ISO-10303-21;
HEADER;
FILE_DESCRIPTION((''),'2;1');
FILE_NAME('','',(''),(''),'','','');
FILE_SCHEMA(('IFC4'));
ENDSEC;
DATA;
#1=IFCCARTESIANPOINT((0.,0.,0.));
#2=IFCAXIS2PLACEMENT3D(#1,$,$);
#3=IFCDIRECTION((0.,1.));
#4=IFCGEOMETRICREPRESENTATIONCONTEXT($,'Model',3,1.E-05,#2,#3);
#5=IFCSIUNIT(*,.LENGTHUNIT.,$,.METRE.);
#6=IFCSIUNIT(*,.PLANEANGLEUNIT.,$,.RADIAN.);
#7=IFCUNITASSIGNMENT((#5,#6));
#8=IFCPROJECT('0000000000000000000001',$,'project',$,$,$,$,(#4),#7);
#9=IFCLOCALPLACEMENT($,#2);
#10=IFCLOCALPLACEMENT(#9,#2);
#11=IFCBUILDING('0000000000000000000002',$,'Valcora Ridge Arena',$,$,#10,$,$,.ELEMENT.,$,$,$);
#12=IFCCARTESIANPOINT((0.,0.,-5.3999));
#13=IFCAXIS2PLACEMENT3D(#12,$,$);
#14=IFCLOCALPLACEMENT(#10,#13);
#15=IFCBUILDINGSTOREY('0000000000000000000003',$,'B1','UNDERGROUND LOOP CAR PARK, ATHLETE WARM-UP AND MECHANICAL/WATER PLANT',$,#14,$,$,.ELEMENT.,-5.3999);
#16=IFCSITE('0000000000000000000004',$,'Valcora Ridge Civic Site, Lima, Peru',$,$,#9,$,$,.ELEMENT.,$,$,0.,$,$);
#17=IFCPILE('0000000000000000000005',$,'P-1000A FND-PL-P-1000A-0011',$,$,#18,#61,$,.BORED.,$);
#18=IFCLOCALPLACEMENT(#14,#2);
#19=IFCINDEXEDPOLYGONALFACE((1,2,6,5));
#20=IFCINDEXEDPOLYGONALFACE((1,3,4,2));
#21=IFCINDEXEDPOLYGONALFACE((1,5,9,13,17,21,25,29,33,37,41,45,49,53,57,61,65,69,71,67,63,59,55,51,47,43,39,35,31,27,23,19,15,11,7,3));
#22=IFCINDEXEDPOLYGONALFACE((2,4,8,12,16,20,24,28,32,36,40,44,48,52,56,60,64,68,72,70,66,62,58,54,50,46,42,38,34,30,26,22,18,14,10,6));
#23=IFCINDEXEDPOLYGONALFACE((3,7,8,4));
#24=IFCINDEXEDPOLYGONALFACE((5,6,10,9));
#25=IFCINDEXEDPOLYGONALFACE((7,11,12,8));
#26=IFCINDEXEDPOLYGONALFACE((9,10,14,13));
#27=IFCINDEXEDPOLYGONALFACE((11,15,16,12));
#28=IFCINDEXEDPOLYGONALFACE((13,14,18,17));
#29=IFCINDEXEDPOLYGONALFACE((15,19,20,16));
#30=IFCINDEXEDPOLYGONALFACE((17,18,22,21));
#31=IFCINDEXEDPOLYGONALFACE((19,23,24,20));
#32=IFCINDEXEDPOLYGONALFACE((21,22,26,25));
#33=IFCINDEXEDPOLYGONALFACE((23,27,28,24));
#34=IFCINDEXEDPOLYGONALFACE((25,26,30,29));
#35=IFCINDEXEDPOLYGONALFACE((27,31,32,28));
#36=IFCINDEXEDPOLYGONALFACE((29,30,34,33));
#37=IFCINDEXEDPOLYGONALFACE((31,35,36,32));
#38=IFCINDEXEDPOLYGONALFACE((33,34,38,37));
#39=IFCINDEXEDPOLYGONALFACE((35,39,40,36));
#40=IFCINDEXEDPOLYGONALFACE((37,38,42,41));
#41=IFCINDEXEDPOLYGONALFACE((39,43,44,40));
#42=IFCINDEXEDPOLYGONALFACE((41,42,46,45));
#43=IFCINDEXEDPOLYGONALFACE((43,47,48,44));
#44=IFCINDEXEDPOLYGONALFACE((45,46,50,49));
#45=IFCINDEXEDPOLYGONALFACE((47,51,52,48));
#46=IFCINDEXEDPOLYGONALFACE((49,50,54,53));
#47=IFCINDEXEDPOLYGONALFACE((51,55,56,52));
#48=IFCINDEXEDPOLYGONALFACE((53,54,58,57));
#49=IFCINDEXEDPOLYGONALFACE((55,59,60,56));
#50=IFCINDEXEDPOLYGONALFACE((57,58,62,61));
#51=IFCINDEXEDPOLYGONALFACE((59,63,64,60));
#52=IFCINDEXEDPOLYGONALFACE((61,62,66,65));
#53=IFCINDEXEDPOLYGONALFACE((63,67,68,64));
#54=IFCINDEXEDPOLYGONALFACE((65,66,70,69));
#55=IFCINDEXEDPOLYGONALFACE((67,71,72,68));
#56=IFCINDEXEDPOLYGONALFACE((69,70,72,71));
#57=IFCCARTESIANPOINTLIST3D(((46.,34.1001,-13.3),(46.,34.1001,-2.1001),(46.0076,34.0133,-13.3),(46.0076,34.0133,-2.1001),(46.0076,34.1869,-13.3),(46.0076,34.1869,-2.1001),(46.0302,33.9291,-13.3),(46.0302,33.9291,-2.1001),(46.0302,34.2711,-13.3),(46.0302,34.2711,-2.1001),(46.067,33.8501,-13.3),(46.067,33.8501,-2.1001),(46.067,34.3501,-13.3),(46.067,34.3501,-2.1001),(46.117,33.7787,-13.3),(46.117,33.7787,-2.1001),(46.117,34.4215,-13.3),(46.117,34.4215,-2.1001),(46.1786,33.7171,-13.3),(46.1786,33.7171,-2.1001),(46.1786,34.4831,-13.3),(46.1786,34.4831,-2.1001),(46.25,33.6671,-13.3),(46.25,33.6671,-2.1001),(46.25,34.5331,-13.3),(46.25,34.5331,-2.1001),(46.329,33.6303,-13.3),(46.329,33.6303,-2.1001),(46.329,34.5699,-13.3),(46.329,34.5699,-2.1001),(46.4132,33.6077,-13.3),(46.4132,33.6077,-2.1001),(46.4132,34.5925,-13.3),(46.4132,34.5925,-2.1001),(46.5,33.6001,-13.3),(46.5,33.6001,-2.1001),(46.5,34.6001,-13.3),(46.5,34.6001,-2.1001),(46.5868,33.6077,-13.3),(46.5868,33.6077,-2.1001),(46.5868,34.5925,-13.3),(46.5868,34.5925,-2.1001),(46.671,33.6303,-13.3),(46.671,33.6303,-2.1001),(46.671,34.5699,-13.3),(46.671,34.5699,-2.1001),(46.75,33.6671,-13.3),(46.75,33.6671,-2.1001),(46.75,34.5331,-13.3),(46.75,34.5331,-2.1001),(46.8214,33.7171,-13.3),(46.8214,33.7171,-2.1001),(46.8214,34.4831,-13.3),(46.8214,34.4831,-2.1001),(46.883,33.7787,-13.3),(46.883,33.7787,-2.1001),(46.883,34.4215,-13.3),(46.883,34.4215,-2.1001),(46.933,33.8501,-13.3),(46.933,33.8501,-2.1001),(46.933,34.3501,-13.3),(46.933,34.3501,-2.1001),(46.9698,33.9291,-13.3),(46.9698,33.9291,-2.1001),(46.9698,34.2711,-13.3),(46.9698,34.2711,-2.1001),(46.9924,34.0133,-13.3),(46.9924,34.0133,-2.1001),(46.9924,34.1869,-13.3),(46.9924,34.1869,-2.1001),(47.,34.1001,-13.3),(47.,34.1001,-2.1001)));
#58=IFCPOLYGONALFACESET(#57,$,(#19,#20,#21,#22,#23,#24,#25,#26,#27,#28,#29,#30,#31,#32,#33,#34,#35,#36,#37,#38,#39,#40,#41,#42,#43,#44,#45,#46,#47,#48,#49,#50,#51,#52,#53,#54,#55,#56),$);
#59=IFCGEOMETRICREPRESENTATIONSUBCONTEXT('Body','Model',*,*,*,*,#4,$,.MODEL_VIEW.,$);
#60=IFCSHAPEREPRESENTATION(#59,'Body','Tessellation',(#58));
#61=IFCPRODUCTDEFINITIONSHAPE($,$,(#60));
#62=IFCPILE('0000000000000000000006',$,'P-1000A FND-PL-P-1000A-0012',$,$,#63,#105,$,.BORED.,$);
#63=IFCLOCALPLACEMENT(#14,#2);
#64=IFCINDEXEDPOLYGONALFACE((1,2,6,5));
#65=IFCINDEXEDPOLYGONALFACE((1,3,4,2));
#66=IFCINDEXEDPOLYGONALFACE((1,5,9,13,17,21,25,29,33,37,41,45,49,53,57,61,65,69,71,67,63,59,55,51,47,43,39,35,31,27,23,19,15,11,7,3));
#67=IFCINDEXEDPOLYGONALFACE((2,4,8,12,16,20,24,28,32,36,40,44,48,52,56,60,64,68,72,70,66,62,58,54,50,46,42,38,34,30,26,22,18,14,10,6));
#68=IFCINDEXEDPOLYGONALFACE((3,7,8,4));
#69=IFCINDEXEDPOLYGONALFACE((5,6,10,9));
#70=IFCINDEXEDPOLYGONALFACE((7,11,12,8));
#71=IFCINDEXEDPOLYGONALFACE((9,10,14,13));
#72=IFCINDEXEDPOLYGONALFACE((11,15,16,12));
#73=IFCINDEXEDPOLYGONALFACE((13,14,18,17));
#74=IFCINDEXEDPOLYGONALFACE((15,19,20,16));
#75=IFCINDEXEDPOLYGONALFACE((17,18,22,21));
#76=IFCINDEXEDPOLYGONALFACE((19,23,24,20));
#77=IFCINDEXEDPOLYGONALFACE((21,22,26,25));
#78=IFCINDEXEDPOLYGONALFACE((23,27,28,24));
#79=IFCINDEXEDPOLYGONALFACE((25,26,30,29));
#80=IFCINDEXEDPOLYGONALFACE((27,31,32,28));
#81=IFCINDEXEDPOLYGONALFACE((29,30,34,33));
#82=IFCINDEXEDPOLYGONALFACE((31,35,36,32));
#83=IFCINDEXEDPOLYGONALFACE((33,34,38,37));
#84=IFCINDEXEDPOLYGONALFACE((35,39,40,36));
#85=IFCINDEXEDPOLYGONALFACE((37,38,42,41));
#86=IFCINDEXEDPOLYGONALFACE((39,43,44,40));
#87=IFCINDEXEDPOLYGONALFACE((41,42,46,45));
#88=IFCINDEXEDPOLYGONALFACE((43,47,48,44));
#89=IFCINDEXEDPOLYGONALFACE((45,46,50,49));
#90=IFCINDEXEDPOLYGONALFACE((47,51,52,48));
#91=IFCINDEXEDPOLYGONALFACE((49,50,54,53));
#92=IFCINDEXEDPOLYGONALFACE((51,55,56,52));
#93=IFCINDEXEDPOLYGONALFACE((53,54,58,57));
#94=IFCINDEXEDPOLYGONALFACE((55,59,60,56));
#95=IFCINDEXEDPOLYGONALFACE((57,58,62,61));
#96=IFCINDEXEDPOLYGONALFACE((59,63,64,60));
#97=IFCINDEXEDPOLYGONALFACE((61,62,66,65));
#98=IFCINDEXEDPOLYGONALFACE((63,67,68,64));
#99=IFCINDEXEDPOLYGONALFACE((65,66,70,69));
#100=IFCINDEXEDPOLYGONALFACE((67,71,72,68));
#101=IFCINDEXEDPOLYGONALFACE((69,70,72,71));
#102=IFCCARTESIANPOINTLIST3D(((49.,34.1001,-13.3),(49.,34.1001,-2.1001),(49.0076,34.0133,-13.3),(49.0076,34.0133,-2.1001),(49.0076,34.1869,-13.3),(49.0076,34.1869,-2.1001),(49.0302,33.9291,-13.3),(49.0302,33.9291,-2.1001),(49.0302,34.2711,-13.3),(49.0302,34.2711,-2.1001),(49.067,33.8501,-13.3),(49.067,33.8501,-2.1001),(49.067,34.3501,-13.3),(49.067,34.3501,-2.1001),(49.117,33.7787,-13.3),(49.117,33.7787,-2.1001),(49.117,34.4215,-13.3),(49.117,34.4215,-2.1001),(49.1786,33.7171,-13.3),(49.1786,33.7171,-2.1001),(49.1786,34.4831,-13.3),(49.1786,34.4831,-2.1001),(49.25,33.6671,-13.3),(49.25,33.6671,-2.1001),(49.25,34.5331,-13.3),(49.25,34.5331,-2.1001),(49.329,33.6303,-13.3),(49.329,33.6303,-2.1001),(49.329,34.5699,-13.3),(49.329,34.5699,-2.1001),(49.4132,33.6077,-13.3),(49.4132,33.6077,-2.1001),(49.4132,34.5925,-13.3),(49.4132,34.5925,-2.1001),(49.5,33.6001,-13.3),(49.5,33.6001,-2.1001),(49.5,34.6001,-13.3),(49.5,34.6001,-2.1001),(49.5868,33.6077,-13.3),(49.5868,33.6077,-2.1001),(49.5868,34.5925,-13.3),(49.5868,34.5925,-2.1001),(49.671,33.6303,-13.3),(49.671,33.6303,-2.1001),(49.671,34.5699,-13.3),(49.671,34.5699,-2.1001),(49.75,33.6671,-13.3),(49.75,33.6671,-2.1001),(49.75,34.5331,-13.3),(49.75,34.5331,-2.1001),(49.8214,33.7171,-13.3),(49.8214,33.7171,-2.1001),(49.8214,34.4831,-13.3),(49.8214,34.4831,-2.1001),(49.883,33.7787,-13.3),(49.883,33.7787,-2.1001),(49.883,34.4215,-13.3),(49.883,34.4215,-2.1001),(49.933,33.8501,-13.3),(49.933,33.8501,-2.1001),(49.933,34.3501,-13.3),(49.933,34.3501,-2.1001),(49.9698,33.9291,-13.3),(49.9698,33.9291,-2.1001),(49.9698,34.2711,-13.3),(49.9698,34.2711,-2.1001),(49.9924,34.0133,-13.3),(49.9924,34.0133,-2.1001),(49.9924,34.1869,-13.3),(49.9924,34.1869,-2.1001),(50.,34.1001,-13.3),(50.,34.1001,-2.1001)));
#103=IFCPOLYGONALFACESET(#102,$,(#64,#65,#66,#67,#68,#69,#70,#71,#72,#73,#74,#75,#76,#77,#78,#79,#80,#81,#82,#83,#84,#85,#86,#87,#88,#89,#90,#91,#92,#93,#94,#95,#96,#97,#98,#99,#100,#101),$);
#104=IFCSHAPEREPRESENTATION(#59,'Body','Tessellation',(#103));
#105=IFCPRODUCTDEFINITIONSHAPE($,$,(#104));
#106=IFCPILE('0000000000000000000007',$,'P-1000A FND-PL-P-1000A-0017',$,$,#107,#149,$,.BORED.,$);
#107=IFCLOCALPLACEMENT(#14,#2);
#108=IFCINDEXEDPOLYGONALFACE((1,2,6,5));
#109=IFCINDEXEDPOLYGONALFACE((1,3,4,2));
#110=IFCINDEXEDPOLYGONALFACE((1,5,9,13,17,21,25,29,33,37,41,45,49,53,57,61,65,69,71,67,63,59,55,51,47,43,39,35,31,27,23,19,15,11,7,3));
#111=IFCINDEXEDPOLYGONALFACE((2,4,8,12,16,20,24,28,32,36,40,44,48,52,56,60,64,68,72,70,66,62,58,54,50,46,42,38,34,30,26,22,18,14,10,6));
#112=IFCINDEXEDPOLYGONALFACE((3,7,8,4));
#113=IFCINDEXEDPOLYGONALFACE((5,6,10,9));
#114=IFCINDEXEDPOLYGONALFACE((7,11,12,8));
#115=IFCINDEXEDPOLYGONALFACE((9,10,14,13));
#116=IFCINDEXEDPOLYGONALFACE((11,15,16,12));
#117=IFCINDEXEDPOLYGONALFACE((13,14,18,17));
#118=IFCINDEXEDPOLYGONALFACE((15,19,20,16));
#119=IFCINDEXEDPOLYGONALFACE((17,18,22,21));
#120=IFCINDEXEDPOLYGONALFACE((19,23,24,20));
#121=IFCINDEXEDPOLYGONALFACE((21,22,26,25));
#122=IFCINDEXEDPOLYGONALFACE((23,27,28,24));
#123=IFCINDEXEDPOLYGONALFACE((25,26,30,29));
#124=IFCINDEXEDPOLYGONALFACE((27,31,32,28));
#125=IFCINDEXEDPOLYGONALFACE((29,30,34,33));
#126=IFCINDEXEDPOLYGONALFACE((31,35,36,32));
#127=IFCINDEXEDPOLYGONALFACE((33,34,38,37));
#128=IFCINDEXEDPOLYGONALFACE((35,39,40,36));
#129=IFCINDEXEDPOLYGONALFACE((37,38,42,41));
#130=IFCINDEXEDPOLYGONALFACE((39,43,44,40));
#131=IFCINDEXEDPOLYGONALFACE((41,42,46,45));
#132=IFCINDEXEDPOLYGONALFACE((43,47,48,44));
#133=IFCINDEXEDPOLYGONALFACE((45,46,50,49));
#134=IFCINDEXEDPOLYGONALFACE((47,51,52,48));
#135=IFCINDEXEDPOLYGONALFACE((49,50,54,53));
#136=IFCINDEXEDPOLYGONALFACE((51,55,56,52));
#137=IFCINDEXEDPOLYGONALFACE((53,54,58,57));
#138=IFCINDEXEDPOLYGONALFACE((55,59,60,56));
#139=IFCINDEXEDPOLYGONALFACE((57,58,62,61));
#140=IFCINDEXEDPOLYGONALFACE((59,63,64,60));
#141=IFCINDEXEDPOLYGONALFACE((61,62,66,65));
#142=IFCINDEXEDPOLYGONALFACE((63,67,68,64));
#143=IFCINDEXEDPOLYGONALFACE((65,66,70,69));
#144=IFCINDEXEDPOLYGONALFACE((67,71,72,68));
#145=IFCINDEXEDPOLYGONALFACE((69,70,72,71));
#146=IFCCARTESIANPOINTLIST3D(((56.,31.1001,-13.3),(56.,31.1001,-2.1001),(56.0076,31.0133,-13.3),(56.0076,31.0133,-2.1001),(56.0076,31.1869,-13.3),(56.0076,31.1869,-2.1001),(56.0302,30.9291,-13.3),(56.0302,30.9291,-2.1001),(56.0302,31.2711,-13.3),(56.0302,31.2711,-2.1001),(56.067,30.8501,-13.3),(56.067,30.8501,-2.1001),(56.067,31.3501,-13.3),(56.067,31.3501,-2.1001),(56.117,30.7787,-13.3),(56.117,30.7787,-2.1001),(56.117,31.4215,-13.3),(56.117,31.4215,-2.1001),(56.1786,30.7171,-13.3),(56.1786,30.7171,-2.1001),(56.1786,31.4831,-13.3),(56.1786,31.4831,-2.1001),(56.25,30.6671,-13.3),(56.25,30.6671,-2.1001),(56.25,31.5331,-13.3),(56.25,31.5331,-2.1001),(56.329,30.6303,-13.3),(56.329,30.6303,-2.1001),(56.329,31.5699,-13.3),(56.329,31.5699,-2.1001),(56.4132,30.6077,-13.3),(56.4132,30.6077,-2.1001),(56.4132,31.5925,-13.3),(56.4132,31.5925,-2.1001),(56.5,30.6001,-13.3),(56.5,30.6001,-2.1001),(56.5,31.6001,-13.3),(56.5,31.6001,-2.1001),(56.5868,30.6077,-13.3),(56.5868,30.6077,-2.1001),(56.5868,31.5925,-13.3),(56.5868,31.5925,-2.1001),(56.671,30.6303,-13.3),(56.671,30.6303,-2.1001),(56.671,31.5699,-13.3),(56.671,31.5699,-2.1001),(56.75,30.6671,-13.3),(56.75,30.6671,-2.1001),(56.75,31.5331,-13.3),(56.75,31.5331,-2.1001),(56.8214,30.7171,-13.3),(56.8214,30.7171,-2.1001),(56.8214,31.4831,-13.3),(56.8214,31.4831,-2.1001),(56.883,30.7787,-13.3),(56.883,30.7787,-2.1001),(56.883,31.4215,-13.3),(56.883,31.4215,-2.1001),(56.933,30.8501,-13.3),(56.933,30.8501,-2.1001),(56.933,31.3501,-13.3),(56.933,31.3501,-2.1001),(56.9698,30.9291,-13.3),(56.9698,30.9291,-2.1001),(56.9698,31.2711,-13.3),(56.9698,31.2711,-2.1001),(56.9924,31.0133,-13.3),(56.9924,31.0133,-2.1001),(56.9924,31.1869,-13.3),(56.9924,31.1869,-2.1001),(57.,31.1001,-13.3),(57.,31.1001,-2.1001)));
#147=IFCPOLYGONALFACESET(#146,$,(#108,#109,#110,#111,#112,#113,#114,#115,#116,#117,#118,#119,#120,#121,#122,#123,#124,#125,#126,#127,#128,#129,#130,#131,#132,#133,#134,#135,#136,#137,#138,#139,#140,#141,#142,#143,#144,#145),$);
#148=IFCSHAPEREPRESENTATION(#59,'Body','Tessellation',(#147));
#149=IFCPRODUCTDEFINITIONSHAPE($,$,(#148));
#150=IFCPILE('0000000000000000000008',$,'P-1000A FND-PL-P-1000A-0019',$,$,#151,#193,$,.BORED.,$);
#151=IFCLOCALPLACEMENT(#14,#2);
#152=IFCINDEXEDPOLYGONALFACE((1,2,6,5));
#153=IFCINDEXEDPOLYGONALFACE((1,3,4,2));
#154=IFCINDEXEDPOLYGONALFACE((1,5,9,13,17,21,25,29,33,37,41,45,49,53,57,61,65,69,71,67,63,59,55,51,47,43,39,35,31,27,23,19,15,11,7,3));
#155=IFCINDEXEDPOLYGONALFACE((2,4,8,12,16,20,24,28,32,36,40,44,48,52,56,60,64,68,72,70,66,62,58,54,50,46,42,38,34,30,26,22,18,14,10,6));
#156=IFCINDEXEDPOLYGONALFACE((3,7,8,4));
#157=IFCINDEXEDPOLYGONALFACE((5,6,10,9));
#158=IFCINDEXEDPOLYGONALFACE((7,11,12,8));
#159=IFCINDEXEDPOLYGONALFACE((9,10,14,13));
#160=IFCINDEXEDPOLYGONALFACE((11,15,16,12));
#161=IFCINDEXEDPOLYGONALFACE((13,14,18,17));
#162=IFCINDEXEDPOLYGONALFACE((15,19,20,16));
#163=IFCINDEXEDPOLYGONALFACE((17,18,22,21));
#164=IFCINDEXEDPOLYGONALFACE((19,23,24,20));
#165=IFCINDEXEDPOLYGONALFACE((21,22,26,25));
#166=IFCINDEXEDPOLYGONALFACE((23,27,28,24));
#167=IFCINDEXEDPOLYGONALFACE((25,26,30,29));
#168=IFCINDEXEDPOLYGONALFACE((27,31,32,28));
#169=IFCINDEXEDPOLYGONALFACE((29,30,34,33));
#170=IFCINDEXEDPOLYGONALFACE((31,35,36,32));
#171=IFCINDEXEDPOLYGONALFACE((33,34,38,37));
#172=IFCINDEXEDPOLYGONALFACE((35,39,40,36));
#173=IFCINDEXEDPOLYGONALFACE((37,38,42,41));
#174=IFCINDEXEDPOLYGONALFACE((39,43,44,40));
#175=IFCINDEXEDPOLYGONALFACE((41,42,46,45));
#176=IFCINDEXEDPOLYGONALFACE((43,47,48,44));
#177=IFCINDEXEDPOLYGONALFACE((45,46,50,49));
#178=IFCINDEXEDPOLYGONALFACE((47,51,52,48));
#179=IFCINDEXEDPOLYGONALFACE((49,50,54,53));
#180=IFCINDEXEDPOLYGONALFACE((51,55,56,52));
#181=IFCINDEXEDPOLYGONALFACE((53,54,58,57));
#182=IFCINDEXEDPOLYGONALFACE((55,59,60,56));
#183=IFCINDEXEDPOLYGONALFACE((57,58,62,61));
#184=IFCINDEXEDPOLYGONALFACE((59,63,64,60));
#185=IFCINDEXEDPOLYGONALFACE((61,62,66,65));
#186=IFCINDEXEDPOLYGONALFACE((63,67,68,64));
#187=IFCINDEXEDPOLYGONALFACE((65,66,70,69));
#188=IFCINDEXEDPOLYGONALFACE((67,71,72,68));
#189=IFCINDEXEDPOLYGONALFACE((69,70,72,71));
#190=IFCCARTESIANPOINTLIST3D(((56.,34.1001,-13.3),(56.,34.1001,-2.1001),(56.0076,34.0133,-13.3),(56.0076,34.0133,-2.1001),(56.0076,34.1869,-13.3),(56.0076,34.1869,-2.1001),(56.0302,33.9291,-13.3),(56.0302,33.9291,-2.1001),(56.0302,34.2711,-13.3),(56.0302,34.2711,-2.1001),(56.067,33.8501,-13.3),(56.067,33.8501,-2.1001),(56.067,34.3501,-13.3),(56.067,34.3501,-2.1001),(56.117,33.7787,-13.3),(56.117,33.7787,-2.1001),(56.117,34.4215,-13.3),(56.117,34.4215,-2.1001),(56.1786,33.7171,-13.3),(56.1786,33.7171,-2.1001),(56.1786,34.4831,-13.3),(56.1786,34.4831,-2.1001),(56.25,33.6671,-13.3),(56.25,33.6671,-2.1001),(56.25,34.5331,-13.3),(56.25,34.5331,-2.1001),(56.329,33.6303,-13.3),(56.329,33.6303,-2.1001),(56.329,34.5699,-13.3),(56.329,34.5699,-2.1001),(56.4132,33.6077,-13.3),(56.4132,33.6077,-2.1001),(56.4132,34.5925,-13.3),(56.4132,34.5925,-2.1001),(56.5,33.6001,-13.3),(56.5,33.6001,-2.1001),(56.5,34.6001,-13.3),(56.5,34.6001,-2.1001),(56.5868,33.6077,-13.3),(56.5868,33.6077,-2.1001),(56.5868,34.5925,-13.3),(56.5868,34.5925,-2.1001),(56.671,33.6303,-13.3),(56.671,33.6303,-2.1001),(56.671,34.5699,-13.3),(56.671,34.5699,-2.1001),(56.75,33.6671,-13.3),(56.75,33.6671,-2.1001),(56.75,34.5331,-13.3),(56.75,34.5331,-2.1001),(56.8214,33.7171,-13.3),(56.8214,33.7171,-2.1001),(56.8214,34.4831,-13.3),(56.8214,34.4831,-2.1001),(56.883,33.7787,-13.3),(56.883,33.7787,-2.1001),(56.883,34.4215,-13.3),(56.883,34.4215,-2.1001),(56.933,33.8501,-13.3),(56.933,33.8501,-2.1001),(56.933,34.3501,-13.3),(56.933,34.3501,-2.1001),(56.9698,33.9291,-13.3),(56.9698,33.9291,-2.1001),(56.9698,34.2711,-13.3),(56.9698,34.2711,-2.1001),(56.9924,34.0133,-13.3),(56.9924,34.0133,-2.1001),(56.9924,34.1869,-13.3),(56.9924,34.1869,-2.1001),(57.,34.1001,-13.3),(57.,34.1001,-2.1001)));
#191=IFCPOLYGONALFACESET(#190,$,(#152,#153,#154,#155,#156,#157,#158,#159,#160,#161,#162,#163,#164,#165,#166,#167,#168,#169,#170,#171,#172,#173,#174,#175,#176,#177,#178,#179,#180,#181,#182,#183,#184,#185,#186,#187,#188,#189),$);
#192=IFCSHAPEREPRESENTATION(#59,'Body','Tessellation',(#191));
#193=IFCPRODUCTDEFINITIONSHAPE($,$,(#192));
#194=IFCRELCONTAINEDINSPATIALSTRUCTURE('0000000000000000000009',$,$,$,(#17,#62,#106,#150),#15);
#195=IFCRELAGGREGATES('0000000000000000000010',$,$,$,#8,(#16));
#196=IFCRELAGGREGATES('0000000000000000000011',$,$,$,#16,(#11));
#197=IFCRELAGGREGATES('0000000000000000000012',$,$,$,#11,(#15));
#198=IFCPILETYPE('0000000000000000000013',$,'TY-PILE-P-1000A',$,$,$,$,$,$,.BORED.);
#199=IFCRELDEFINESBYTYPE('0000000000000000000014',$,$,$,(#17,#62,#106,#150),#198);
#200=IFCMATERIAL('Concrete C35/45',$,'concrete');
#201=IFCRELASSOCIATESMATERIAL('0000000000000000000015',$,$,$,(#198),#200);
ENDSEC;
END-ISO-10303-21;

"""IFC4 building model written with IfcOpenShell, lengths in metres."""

from ifc_helpers import new_model, si_unit, direction, frame, origin, origin_2d, place, context, subcontext, project, spatial, circle, extrude, material, material_profile, profile_set, type_object, element, save


model = new_model("IFC4")

# Units and contexts
model_context = context("Model", 3, precision=1e-05, world=origin(), true_north=direction((0.0, 1.0)))
body_context = subcontext(model_context, "Body", "Model", "MODEL_VIEW")
ifc_project = project(units=[si_unit("LENGTHUNIT", "METRE"), si_unit("PLANEANGLEUNIT", "RADIAN")], contexts=[model_context])

# Site, building, storey
site_placement = place(None, origin())
site = spatial("IfcSite", under=ifc_project, at=site_placement, Name="Valcora Ridge Civic Site, Lima, Peru", CompositionType="ELEMENT", RefElevation=0.0)
building_placement = place(site_placement, origin())
building = spatial("IfcBuilding", under=site, at=building_placement, Name="Valcora Ridge Arena", CompositionType="ELEMENT")
storey_placement = place(building_placement, frame((0.0, 0.0, -5.3999)))
storey = spatial("IfcBuildingStorey", under=building, at=storey_placement, Name="B1", Description="UNDERGROUND LOOP CAR PARK, ATHLETE WARM-UP AND MECHANICAL/WATER PLANT", CompositionType="ELEMENT", Elevation=-5.3999)

# Piles
ifc_material_1 = material(Name="Concrete C35/45", Category="concrete")
ifc_material_profile_1 = material_profile(ifc_material_1, circle(Radius=0.5, at=origin_2d()), Name="BORED PILE D1000")
ifc_profile_set_1 = profile_set([ifc_material_profile_1], Name="Concrete C35/45")
pile_type_1 = type_object("IfcPileType", Name="TY-PILE-P-1000A", PredefinedType="BORED", material=ifc_profile_set_1)
for number, where, z_axis, x_axis, name in (
    (1, (46.5, 34.1001, -2.1001), (0.0, 0.0, -1.0), (1.0, 0.0, 0.0), "P-1000A FND-PL-P-1000A-0011"),
    (2, (49.5, 34.1001, -2.1001), (0.0, 0.0, -1.0), (1.0, 0.0, 0.0), "P-1000A FND-PL-P-1000A-0012"),
    (3, (56.5, 31.1001, -2.1001), (0.0, 0.0, -1.0), (1.0, 0.0, 0.0), "P-1000A FND-PL-P-1000A-0017"),
    (4, (56.5, 34.1001, -2.1001), (0.0, 0.0, -1.0), (1.0, 0.0, 0.0), "P-1000A FND-PL-P-1000A-0019"),
):
    element("IfcPile", number, at=place(storey_placement, frame(where, z_axis=z_axis, x_axis=x_axis)), inside=storey, type_object=pile_type_1, Name=name, PredefinedType="BORED", context=body_context, shape_type="SweptSolid", body=[
        extrude(circle(Radius=0.5, at=origin_2d()), origin(), (0.0, 0.0, 1.0), 11.2),
    ])

save(model, "model.ifc")
